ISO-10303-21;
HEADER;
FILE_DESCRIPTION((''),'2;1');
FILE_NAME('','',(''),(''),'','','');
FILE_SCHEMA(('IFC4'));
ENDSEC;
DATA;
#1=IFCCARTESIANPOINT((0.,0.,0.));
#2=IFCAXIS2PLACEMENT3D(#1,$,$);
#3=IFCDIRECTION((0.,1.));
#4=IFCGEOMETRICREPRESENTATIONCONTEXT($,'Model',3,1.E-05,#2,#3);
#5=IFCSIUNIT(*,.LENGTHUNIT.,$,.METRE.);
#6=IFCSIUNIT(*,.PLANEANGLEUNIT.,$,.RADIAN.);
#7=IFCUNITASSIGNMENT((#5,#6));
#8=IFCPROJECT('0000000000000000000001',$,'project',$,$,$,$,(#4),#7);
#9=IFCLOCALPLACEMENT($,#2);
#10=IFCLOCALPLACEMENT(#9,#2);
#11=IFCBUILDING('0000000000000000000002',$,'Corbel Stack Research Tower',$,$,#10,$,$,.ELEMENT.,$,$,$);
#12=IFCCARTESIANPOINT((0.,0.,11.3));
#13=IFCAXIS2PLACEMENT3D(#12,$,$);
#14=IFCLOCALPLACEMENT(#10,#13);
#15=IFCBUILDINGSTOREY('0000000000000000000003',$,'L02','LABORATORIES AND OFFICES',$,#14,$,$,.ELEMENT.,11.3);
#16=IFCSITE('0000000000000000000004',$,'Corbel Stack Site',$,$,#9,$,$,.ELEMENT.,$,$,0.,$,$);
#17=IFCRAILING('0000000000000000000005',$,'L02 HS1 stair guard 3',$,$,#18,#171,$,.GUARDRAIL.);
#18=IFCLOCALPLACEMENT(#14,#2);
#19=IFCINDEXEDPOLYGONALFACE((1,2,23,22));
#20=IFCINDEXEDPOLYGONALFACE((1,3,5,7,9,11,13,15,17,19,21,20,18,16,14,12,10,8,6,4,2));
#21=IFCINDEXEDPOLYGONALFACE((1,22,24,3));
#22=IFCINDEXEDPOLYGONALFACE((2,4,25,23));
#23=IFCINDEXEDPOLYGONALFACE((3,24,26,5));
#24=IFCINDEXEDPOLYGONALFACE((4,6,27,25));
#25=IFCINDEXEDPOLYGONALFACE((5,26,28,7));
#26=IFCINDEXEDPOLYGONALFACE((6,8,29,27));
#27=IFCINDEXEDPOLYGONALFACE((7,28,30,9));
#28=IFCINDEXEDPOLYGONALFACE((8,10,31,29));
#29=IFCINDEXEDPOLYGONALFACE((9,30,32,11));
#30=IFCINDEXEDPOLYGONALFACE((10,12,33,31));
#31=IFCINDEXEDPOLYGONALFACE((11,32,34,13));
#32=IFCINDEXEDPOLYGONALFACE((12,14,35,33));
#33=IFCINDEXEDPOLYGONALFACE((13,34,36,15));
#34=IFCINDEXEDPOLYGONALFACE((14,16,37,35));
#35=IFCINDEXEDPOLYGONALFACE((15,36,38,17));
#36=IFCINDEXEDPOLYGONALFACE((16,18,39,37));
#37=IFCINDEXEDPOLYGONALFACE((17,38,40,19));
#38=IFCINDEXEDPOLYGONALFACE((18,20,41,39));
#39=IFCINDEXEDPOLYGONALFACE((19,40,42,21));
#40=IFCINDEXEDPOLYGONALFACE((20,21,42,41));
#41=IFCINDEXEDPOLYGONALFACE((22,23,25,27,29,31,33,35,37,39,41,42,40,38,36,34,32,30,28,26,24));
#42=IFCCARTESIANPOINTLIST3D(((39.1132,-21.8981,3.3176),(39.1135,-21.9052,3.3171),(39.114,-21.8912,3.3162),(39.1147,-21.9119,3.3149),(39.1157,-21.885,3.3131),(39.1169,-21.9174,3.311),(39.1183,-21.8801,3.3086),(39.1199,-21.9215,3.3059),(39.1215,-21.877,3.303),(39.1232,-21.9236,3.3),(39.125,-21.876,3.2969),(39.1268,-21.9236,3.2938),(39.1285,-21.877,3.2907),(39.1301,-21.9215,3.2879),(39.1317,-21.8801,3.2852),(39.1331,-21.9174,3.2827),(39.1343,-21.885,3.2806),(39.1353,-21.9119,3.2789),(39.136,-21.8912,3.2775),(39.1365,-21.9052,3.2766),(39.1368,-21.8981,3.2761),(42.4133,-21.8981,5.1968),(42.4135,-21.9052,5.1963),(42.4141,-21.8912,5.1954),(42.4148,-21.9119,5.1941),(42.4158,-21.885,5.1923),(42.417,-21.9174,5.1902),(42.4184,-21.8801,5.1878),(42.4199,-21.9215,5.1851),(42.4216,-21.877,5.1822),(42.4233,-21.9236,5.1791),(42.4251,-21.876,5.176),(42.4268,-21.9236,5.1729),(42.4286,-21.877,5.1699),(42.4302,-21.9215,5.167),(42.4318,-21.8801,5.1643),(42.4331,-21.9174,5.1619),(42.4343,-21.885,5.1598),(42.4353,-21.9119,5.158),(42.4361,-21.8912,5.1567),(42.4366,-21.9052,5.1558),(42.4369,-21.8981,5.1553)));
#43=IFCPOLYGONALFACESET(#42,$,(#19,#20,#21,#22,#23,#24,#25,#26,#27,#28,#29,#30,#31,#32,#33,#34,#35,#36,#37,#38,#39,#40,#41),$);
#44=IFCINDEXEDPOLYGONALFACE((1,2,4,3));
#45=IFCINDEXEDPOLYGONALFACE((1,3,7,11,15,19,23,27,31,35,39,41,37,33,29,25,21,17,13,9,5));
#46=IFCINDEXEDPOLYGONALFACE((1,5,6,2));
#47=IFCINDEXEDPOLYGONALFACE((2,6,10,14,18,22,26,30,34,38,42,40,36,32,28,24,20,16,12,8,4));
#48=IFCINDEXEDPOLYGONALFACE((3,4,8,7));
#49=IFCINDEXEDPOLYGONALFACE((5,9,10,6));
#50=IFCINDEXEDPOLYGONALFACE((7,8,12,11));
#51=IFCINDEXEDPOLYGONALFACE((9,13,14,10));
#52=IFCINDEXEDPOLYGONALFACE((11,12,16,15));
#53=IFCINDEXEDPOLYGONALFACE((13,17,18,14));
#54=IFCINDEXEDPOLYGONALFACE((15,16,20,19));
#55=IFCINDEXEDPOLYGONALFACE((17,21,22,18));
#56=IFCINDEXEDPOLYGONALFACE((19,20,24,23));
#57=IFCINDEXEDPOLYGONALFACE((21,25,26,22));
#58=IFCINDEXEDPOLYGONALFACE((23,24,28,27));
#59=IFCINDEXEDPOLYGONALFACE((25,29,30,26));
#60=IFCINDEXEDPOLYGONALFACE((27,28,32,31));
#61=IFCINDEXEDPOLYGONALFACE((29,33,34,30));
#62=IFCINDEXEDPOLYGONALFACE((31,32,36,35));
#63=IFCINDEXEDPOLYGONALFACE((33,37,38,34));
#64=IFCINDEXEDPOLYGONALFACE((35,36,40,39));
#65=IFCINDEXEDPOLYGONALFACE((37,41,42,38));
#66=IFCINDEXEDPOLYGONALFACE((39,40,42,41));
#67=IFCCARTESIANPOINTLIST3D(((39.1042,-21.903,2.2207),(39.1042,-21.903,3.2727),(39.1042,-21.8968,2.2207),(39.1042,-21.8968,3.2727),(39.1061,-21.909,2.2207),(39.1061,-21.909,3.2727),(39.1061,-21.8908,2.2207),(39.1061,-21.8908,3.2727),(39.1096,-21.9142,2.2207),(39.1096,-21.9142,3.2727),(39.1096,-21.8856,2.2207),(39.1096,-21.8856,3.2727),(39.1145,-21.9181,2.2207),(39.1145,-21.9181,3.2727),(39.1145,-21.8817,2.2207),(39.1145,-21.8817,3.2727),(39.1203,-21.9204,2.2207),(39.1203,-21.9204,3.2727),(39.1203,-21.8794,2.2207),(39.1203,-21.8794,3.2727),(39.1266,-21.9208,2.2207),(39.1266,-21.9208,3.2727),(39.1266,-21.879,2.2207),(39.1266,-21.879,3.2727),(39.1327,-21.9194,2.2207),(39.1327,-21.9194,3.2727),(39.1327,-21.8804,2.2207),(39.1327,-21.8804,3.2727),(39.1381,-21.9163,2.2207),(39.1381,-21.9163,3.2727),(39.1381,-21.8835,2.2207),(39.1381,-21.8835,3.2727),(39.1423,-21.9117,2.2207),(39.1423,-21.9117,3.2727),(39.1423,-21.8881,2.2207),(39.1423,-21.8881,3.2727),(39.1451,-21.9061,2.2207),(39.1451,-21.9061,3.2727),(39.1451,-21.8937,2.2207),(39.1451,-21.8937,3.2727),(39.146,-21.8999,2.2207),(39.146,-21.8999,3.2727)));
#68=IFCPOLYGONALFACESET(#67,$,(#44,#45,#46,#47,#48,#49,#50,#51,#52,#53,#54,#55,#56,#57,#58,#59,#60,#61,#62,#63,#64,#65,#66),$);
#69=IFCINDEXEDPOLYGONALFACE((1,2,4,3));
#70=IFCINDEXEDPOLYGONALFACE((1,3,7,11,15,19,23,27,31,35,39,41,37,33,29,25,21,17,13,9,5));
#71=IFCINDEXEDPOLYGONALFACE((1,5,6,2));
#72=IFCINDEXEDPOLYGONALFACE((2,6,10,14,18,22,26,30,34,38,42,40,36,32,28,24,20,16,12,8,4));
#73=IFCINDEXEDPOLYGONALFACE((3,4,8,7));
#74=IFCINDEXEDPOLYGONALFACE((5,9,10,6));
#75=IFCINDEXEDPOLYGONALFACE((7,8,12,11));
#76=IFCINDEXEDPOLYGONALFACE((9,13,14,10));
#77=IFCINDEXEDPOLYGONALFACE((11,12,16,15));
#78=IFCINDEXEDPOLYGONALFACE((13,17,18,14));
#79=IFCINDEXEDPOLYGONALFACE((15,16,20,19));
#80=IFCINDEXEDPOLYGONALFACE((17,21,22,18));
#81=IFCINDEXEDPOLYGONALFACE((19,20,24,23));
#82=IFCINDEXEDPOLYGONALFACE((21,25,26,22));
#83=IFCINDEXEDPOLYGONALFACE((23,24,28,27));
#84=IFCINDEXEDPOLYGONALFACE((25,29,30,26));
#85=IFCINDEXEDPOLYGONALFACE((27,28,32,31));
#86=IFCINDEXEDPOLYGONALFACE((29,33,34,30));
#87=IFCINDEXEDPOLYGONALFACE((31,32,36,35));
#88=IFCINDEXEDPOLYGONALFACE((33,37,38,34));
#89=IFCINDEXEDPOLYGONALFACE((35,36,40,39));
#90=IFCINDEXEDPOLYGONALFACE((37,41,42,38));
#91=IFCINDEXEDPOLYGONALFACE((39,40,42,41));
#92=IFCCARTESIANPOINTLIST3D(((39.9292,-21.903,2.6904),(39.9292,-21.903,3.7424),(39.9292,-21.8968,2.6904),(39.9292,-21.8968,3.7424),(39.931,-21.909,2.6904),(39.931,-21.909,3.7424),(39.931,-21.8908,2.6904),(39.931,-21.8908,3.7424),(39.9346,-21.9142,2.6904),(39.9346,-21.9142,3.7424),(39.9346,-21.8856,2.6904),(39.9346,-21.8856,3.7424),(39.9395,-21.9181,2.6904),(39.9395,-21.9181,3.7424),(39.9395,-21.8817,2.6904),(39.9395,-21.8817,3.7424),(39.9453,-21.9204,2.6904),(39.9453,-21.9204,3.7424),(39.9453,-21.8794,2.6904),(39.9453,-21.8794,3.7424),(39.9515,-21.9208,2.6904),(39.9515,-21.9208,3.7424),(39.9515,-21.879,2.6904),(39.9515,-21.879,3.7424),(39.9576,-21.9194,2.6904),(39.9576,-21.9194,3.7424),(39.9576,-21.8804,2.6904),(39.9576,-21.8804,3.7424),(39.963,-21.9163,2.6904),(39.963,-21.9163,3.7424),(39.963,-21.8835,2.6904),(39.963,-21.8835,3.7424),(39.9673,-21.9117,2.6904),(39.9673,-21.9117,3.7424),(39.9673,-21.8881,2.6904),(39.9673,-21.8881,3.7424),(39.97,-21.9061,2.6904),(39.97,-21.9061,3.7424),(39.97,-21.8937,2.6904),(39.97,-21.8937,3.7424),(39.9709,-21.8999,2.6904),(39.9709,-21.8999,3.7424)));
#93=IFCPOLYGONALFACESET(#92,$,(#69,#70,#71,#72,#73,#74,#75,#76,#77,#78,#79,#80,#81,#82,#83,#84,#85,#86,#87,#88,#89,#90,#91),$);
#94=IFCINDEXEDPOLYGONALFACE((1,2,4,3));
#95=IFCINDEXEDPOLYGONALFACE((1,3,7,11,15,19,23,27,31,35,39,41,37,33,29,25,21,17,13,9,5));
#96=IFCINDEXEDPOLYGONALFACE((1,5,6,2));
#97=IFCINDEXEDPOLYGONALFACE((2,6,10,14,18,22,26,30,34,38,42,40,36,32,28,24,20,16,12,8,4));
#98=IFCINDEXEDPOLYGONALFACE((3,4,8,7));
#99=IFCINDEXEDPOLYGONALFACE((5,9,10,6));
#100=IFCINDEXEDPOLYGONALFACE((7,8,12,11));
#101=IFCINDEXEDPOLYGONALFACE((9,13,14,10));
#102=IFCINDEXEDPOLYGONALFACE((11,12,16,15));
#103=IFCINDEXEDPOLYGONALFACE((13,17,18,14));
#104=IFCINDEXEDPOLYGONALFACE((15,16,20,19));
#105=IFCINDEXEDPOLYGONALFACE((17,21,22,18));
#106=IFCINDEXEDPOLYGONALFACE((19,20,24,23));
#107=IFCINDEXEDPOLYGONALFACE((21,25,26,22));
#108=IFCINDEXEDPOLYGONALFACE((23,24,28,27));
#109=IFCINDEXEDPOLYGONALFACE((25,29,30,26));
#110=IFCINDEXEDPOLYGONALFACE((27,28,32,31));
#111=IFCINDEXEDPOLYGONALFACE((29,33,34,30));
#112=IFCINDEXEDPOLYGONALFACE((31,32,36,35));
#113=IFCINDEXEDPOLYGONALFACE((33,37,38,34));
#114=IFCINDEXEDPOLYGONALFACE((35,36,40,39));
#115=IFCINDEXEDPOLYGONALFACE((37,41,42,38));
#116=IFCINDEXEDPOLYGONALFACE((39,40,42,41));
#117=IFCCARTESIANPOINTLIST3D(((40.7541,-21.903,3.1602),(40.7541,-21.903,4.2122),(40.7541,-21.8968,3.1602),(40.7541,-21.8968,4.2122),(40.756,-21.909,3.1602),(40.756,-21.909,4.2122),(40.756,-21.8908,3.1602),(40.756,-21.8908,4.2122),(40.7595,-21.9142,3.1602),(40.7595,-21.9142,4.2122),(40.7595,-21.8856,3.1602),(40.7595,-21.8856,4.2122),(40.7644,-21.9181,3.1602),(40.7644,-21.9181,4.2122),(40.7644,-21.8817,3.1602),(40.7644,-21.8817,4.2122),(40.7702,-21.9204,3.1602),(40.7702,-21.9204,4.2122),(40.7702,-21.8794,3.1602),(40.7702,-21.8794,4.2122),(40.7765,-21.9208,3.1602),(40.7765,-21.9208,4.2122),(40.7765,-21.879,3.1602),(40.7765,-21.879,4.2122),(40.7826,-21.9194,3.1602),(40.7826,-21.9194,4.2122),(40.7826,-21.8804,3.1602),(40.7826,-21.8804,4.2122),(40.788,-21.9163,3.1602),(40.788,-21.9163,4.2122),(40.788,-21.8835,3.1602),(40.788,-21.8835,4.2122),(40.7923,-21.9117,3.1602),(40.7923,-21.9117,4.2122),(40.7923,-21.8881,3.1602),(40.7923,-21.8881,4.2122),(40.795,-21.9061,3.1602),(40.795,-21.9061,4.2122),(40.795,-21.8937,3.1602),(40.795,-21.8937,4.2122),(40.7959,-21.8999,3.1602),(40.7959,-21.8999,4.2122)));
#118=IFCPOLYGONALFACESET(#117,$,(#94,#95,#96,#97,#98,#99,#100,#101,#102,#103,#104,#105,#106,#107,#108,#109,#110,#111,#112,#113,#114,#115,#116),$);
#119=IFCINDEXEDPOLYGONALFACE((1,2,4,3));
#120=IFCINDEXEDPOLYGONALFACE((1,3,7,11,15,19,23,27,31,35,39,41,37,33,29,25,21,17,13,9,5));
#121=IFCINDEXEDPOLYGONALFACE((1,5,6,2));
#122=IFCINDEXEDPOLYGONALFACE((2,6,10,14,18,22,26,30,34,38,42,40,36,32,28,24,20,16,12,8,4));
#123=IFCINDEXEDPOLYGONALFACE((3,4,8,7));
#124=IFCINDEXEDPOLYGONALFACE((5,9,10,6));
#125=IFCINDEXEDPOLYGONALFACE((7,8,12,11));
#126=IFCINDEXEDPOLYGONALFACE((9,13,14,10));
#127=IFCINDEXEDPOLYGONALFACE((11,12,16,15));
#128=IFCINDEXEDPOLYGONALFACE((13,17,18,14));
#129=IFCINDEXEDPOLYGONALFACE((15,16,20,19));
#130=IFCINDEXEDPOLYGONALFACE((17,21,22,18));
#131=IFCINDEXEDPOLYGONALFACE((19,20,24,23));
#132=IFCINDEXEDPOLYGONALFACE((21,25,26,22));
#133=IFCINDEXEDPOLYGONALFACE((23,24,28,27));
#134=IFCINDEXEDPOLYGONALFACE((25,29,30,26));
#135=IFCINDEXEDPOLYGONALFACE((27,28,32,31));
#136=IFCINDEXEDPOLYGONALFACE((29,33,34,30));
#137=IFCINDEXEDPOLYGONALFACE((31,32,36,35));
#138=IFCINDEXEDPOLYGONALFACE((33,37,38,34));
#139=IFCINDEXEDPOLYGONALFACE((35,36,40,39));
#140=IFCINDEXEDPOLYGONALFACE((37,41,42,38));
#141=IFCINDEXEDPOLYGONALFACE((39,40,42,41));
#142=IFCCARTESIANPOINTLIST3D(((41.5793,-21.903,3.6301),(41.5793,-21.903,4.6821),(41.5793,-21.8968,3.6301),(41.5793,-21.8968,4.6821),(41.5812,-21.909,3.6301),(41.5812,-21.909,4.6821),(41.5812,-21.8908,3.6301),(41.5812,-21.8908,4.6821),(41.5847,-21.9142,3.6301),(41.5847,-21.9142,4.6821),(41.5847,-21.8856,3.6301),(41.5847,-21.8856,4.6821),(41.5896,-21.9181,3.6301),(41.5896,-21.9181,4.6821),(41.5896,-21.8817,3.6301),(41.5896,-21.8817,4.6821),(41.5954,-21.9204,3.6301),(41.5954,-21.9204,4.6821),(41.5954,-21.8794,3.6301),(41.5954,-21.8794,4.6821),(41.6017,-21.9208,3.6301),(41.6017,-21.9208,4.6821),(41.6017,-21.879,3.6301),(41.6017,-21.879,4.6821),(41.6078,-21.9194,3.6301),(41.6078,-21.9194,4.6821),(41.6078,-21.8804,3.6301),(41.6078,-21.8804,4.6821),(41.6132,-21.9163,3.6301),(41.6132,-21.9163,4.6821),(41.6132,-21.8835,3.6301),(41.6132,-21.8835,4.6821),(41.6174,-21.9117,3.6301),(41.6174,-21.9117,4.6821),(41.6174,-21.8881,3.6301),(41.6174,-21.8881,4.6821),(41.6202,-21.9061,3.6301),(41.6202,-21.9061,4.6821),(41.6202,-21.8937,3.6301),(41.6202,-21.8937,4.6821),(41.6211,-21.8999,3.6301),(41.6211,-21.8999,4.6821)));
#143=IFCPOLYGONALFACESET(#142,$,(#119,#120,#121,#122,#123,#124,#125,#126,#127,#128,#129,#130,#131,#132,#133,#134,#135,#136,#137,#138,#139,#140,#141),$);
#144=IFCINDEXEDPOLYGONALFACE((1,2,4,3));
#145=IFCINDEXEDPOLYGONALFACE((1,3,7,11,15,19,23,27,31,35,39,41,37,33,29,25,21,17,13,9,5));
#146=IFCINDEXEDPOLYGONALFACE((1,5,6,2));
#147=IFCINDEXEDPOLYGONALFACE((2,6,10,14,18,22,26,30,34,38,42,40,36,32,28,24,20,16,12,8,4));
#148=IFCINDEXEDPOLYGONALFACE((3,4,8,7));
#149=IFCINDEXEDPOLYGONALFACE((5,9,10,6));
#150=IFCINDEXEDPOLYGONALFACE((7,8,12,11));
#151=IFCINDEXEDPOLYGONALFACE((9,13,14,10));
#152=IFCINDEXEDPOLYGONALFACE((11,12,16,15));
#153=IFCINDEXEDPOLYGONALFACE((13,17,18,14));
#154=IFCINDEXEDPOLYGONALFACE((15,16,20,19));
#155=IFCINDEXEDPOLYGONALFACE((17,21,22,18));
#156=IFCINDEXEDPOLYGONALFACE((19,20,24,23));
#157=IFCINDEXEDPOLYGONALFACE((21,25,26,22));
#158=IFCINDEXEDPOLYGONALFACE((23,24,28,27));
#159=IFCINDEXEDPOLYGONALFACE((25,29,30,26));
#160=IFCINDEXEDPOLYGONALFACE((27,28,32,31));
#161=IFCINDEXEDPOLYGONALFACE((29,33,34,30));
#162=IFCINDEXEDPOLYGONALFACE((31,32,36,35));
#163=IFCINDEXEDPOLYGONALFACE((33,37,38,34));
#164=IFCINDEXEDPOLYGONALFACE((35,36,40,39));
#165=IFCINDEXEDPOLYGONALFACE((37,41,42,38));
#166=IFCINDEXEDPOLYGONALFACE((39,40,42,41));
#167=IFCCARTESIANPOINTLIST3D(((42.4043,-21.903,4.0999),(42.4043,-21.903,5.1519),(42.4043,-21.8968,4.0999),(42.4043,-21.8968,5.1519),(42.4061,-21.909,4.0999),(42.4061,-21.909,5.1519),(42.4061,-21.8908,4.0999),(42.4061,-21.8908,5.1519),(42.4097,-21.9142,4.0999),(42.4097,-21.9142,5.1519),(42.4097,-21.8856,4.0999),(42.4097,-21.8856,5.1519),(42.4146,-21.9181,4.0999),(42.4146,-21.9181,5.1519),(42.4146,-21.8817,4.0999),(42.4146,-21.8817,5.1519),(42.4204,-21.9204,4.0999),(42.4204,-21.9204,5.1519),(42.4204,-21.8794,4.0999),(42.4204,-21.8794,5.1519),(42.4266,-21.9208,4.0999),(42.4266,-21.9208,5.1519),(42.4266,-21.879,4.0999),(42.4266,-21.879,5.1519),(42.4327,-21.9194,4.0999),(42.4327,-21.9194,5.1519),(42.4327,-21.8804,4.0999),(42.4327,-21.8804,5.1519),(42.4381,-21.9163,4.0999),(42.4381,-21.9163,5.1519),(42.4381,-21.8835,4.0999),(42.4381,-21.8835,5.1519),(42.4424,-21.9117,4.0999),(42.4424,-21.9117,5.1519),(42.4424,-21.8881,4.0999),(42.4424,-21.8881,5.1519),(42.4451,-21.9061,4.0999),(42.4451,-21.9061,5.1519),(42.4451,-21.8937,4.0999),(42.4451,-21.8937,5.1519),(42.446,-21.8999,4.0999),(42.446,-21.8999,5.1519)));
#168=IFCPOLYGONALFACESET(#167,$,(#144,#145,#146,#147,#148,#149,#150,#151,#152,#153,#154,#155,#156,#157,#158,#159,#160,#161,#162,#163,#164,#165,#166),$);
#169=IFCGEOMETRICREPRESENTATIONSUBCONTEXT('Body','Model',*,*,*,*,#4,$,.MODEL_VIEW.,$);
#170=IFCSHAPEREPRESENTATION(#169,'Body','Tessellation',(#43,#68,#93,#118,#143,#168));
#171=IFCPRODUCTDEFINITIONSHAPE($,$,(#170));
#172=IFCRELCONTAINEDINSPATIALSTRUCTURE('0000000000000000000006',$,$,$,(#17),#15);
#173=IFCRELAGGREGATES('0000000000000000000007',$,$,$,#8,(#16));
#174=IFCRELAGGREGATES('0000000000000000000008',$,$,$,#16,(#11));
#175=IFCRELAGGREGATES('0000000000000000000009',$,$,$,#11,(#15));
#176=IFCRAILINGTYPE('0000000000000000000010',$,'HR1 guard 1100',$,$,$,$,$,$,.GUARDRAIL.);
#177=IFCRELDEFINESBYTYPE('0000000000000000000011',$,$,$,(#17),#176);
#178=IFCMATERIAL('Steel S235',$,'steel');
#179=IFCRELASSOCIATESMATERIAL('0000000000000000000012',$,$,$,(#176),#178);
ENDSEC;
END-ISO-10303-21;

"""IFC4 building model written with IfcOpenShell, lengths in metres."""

from ifc_helpers import new_model, si_unit, direction, frame, origin, origin_2d, place, context, subcontext, project, spatial, circle, extrude, material, type_object, element, save


model = new_model("IFC4")

# Units and contexts
model_context = context("Model", 3, precision=1e-05, world=origin(), true_north=direction((0.0, 1.0)))
body_context = subcontext(model_context, "Body", "Model", "MODEL_VIEW")
ifc_project = project(units=[si_unit("LENGTHUNIT", "METRE"), si_unit("PLANEANGLEUNIT", "RADIAN")], contexts=[model_context])

# Site, building, storey
site_placement = place(None, origin())
site = spatial("IfcSite", under=ifc_project, at=site_placement, Name="Corbel Stack Site", CompositionType="ELEMENT", RefElevation=0.0)
building_placement = place(site_placement, origin())
building = spatial("IfcBuilding", under=site, at=building_placement, Name="Corbel Stack Research Tower", CompositionType="ELEMENT")
storey_placement = place(building_placement, frame((0.0, 0.0, 11.3)))
storey = spatial("IfcBuildingStorey", under=building, at=storey_placement, Name="L02", Description="LABORATORIES AND OFFICES", CompositionType="ELEMENT", Elevation=11.3)

# Railing
ifc_material_1 = material(Name="Steel S235", Category="steel")
railing_type_1 = type_object("IfcRailingType", Name="HR1 guard 1100", PredefinedType="GUARDRAIL", material=ifc_material_1)
railing_1_placement = place(storey_placement, frame((39.125, -21.8999, 2.2207)))
element("IfcRailing", 1, at=railing_1_placement, inside=storey, type_object=railing_type_1, Name="L02 HS1 stair guard 3", PredefinedType="GUARDRAIL", context=body_context, shape_type="SweptSolid", body=[
    extrude(circle(Radius=0.0239, at=origin_2d()), frame((0.0, 0.0, 1.0762), z_axis=(0.86899, 0.0, 0.49483), x_axis=(0.0, 1.0, 0.0)), (0.0, 0.0, 1.0), 3.7976),
    extrude(circle(Radius=0.021, at=origin_2d()), origin(), (0.0, 0.0, 1.0), 1.052),
    extrude(circle(Radius=0.021, at=origin_2d()), frame((0.825, 0.0, 0.4697)), (0.0, 0.0, 1.0), 1.052),
    extrude(circle(Radius=0.021, at=origin_2d()), frame((1.6499, 0.0, 0.9395)), (0.0, 0.0, 1.0), 1.052),
    extrude(circle(Radius=0.021, at=origin_2d()), frame((2.4751, 0.0, 1.4094)), (0.0, 0.0, 1.0), 1.052),
    extrude(circle(Radius=0.021, at=origin_2d()), frame((3.3, 0.0, 1.8792)), (0.0, 0.0, 1.0), 1.052),
])

save(model, "model.ifc")
